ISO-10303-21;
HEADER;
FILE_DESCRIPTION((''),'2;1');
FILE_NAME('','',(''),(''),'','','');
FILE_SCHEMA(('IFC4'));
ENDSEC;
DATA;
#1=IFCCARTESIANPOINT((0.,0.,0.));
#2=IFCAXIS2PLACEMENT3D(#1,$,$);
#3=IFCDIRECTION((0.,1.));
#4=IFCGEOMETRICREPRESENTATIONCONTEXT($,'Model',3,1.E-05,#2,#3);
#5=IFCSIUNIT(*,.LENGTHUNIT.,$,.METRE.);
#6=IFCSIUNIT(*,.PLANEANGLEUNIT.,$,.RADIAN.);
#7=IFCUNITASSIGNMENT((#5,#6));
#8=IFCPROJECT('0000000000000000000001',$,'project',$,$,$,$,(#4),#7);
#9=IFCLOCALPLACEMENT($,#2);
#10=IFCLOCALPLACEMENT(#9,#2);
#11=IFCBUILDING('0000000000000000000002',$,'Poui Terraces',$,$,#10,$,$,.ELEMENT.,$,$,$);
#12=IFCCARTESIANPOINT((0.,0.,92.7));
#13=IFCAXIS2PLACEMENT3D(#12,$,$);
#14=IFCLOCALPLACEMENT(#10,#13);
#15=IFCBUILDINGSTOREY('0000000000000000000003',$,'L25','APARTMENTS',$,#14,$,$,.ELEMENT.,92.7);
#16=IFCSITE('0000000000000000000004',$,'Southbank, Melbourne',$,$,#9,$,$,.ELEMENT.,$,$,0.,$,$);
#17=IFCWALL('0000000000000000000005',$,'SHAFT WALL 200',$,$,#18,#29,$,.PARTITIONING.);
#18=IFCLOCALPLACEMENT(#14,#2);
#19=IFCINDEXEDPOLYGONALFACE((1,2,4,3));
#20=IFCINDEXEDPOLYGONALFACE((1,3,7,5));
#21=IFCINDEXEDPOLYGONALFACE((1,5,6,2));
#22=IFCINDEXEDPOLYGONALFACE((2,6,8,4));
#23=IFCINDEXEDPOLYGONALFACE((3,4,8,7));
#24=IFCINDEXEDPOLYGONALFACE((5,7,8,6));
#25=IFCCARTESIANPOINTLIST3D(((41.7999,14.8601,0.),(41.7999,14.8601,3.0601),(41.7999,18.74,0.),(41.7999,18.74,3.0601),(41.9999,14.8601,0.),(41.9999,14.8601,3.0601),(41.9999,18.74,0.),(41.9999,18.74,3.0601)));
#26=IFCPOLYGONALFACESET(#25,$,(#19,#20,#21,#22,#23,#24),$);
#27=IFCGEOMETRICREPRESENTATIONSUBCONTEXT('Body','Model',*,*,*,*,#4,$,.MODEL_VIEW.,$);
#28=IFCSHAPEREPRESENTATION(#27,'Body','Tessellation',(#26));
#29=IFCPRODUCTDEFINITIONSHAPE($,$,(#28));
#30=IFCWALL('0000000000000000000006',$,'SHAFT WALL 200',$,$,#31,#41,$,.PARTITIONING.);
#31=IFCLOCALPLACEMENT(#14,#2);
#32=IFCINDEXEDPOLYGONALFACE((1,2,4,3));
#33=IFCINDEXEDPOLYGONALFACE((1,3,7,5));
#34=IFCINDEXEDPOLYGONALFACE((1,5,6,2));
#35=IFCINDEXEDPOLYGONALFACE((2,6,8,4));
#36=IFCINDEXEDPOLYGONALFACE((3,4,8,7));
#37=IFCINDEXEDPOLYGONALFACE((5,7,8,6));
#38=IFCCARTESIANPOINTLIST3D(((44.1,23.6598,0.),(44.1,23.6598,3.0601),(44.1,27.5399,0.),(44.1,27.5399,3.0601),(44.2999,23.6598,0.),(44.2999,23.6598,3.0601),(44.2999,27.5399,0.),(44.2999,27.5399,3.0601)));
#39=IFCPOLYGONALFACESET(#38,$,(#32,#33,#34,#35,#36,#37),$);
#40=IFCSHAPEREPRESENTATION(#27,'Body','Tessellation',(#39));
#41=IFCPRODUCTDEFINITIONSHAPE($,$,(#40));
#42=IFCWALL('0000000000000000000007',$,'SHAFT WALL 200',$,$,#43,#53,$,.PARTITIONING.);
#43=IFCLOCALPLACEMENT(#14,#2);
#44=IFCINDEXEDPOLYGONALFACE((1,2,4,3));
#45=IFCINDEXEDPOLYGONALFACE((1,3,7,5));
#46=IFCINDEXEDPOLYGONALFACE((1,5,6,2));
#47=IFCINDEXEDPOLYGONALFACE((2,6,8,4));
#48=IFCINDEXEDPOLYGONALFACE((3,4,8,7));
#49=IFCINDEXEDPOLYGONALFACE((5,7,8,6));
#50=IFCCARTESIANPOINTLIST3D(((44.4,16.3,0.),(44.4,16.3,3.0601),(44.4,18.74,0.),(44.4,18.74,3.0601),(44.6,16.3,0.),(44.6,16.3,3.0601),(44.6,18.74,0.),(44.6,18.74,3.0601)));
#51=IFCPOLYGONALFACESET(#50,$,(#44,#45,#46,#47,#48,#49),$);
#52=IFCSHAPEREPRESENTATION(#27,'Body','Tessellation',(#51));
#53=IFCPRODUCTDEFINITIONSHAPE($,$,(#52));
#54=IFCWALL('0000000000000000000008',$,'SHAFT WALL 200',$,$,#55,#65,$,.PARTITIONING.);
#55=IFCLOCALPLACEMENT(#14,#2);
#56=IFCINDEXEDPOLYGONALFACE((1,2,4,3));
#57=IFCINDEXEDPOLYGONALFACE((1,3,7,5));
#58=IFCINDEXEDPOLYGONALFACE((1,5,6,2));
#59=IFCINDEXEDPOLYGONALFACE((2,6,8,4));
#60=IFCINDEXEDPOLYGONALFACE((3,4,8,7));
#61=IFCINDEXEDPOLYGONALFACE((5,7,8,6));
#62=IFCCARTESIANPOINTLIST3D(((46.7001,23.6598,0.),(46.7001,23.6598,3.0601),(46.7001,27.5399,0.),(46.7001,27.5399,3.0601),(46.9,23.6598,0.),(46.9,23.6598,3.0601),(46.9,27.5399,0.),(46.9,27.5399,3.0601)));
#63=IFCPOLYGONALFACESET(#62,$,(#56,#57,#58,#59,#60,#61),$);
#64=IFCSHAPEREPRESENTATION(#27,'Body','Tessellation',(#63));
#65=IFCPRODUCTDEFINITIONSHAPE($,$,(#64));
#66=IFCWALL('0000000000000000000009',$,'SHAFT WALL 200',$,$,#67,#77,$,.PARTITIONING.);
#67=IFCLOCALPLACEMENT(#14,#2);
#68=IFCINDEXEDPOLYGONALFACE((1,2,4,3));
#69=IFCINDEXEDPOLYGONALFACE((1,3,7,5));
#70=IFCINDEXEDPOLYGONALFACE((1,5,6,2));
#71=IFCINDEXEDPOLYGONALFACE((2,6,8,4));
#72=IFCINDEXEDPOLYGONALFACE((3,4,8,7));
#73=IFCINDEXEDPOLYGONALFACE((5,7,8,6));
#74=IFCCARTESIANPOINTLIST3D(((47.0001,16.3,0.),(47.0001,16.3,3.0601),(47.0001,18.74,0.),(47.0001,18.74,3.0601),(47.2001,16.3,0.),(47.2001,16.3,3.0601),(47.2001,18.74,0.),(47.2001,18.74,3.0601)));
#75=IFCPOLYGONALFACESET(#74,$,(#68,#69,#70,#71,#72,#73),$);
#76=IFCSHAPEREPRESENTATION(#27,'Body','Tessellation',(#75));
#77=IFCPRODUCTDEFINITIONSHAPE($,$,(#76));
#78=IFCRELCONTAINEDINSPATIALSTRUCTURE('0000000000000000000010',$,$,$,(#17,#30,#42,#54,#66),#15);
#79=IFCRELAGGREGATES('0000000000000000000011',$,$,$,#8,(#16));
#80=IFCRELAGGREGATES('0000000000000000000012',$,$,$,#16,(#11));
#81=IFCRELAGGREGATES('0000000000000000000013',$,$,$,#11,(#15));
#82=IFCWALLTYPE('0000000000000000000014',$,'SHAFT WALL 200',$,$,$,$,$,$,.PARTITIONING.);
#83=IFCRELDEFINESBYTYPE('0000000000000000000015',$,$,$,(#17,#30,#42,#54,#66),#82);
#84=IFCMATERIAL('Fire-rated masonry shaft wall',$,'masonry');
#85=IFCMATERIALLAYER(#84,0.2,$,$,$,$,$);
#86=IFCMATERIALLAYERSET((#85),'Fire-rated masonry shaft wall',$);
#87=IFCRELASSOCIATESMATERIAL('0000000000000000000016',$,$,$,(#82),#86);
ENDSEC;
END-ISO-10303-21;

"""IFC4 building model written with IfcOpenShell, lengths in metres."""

from ifc_helpers import new_model, si_unit, direction, frame, frame_2d, origin, place, context, subcontext, project, spatial, rectangle, extrude, material, layer, layer_set, type_object, element, save


model = new_model("IFC4")

# Units and contexts
model_context = context("Model", 3, precision=1e-05, world=origin(), true_north=direction((0.0, 1.0)))
body_context = subcontext(model_context, "Body", "Model", "MODEL_VIEW")
ifc_project = project(units=[si_unit("LENGTHUNIT", "METRE"), si_unit("PLANEANGLEUNIT", "RADIAN")], contexts=[model_context])

# Site, building, storey
site_placement = place(None, origin())
site = spatial("IfcSite", under=ifc_project, at=site_placement, Name="Southbank, Melbourne", CompositionType="ELEMENT", RefElevation=0.0)
building_placement = place(site_placement, origin())
building = spatial("IfcBuilding", under=site, at=building_placement, Name="Poui Terraces", CompositionType="ELEMENT")
storey_placement = place(building_placement, frame((0.0, 0.0, 92.7)))
storey = spatial("IfcBuildingStorey", under=building, at=storey_placement, Name="L25", Description="APARTMENTS", CompositionType="ELEMENT", Elevation=92.7)

# Shared definitions
ifc_material_1 = material(Name="Fire-rated masonry shaft wall", Category="masonry")
ifc_layer_1 = layer(ifc_material_1, 0.2)
ifc_layer_set_1 = layer_set([ifc_layer_1], Name="Fire-rated masonry shaft wall")
wall_type_1 = type_object("IfcWallType", Name="SHAFT WALL 200", PredefinedType="PARTITIONING", material=ifc_layer_set_1)

# Walls
wall_1_placement = place(storey_placement, frame((41.8999, 14.8601, 0.0), z_axis=(0.0, 0.0, 1.0), x_axis=(0.0, 1.0, 0.0)))
element("IfcWall", 1, at=wall_1_placement, inside=storey, type_object=wall_type_1, Name="SHAFT WALL 200", PredefinedType="PARTITIONING", context=body_context, shape_type="SweptSolid", body=[
    extrude(rectangle(XDim=3.8799, YDim=0.2, at=frame_2d((1.9399, 0.0))), origin(), (0.0, 0.0, 1.0), 3.0601),
])
wall_2_placement = place(storey_placement, frame((44.2, 23.6599, 0.0), z_axis=(0.0, 0.0, 1.0), x_axis=(0.0, 1.0, 0.0)))
element("IfcWall", 2, at=wall_2_placement, inside=storey, type_object=wall_type_1, Name="SHAFT WALL 200", PredefinedType="PARTITIONING", context=body_context, shape_type="SweptSolid", body=[
    extrude(rectangle(XDim=3.8801, YDim=0.2, at=frame_2d((1.9399, 0.0))), origin(), (0.0, 0.0, 1.0), 3.0601),
])
wall_3_placement = place(storey_placement, frame((44.5, 16.3, 0.0), z_axis=(0.0, 0.0, 1.0), x_axis=(0.0, 1.0, 0.0)))
element("IfcWall", 3, at=wall_3_placement, inside=storey, type_object=wall_type_1, Name="SHAFT WALL 200", PredefinedType="PARTITIONING", context=body_context, shape_type="SweptSolid", body=[
    extrude(rectangle(XDim=2.4399, YDim=0.2, at=frame_2d((1.22, 0.0))), origin(), (0.0, 0.0, 1.0), 3.0601),
])
wall_4_placement = place(storey_placement, frame((46.8, 23.6599, 0.0), z_axis=(0.0, 0.0, 1.0), x_axis=(0.0, 1.0, 0.0)))
element("IfcWall", 4, at=wall_4_placement, inside=storey, type_object=wall_type_1, Name="SHAFT WALL 200", PredefinedType="PARTITIONING", context=body_context, shape_type="SweptSolid", body=[
    extrude(rectangle(XDim=3.8801, YDim=0.2, at=frame_2d((1.9399, 0.0))), origin(), (0.0, 0.0, 1.0), 3.0601),
])
wall_5_placement = place(storey_placement, frame((47.1001, 16.3, 0.0), z_axis=(0.0, 0.0, 1.0), x_axis=(0.0, 1.0, 0.0)))
element("IfcWall", 5, at=wall_5_placement, inside=storey, type_object=wall_type_1, Name="SHAFT WALL 200", PredefinedType="PARTITIONING", context=body_context, shape_type="SweptSolid", body=[
    extrude(rectangle(XDim=2.4399, YDim=0.2, at=frame_2d((1.22, 0.0))), origin(), (0.0, 0.0, 1.0), 3.0601),
])

save(model, "model.ifc")
